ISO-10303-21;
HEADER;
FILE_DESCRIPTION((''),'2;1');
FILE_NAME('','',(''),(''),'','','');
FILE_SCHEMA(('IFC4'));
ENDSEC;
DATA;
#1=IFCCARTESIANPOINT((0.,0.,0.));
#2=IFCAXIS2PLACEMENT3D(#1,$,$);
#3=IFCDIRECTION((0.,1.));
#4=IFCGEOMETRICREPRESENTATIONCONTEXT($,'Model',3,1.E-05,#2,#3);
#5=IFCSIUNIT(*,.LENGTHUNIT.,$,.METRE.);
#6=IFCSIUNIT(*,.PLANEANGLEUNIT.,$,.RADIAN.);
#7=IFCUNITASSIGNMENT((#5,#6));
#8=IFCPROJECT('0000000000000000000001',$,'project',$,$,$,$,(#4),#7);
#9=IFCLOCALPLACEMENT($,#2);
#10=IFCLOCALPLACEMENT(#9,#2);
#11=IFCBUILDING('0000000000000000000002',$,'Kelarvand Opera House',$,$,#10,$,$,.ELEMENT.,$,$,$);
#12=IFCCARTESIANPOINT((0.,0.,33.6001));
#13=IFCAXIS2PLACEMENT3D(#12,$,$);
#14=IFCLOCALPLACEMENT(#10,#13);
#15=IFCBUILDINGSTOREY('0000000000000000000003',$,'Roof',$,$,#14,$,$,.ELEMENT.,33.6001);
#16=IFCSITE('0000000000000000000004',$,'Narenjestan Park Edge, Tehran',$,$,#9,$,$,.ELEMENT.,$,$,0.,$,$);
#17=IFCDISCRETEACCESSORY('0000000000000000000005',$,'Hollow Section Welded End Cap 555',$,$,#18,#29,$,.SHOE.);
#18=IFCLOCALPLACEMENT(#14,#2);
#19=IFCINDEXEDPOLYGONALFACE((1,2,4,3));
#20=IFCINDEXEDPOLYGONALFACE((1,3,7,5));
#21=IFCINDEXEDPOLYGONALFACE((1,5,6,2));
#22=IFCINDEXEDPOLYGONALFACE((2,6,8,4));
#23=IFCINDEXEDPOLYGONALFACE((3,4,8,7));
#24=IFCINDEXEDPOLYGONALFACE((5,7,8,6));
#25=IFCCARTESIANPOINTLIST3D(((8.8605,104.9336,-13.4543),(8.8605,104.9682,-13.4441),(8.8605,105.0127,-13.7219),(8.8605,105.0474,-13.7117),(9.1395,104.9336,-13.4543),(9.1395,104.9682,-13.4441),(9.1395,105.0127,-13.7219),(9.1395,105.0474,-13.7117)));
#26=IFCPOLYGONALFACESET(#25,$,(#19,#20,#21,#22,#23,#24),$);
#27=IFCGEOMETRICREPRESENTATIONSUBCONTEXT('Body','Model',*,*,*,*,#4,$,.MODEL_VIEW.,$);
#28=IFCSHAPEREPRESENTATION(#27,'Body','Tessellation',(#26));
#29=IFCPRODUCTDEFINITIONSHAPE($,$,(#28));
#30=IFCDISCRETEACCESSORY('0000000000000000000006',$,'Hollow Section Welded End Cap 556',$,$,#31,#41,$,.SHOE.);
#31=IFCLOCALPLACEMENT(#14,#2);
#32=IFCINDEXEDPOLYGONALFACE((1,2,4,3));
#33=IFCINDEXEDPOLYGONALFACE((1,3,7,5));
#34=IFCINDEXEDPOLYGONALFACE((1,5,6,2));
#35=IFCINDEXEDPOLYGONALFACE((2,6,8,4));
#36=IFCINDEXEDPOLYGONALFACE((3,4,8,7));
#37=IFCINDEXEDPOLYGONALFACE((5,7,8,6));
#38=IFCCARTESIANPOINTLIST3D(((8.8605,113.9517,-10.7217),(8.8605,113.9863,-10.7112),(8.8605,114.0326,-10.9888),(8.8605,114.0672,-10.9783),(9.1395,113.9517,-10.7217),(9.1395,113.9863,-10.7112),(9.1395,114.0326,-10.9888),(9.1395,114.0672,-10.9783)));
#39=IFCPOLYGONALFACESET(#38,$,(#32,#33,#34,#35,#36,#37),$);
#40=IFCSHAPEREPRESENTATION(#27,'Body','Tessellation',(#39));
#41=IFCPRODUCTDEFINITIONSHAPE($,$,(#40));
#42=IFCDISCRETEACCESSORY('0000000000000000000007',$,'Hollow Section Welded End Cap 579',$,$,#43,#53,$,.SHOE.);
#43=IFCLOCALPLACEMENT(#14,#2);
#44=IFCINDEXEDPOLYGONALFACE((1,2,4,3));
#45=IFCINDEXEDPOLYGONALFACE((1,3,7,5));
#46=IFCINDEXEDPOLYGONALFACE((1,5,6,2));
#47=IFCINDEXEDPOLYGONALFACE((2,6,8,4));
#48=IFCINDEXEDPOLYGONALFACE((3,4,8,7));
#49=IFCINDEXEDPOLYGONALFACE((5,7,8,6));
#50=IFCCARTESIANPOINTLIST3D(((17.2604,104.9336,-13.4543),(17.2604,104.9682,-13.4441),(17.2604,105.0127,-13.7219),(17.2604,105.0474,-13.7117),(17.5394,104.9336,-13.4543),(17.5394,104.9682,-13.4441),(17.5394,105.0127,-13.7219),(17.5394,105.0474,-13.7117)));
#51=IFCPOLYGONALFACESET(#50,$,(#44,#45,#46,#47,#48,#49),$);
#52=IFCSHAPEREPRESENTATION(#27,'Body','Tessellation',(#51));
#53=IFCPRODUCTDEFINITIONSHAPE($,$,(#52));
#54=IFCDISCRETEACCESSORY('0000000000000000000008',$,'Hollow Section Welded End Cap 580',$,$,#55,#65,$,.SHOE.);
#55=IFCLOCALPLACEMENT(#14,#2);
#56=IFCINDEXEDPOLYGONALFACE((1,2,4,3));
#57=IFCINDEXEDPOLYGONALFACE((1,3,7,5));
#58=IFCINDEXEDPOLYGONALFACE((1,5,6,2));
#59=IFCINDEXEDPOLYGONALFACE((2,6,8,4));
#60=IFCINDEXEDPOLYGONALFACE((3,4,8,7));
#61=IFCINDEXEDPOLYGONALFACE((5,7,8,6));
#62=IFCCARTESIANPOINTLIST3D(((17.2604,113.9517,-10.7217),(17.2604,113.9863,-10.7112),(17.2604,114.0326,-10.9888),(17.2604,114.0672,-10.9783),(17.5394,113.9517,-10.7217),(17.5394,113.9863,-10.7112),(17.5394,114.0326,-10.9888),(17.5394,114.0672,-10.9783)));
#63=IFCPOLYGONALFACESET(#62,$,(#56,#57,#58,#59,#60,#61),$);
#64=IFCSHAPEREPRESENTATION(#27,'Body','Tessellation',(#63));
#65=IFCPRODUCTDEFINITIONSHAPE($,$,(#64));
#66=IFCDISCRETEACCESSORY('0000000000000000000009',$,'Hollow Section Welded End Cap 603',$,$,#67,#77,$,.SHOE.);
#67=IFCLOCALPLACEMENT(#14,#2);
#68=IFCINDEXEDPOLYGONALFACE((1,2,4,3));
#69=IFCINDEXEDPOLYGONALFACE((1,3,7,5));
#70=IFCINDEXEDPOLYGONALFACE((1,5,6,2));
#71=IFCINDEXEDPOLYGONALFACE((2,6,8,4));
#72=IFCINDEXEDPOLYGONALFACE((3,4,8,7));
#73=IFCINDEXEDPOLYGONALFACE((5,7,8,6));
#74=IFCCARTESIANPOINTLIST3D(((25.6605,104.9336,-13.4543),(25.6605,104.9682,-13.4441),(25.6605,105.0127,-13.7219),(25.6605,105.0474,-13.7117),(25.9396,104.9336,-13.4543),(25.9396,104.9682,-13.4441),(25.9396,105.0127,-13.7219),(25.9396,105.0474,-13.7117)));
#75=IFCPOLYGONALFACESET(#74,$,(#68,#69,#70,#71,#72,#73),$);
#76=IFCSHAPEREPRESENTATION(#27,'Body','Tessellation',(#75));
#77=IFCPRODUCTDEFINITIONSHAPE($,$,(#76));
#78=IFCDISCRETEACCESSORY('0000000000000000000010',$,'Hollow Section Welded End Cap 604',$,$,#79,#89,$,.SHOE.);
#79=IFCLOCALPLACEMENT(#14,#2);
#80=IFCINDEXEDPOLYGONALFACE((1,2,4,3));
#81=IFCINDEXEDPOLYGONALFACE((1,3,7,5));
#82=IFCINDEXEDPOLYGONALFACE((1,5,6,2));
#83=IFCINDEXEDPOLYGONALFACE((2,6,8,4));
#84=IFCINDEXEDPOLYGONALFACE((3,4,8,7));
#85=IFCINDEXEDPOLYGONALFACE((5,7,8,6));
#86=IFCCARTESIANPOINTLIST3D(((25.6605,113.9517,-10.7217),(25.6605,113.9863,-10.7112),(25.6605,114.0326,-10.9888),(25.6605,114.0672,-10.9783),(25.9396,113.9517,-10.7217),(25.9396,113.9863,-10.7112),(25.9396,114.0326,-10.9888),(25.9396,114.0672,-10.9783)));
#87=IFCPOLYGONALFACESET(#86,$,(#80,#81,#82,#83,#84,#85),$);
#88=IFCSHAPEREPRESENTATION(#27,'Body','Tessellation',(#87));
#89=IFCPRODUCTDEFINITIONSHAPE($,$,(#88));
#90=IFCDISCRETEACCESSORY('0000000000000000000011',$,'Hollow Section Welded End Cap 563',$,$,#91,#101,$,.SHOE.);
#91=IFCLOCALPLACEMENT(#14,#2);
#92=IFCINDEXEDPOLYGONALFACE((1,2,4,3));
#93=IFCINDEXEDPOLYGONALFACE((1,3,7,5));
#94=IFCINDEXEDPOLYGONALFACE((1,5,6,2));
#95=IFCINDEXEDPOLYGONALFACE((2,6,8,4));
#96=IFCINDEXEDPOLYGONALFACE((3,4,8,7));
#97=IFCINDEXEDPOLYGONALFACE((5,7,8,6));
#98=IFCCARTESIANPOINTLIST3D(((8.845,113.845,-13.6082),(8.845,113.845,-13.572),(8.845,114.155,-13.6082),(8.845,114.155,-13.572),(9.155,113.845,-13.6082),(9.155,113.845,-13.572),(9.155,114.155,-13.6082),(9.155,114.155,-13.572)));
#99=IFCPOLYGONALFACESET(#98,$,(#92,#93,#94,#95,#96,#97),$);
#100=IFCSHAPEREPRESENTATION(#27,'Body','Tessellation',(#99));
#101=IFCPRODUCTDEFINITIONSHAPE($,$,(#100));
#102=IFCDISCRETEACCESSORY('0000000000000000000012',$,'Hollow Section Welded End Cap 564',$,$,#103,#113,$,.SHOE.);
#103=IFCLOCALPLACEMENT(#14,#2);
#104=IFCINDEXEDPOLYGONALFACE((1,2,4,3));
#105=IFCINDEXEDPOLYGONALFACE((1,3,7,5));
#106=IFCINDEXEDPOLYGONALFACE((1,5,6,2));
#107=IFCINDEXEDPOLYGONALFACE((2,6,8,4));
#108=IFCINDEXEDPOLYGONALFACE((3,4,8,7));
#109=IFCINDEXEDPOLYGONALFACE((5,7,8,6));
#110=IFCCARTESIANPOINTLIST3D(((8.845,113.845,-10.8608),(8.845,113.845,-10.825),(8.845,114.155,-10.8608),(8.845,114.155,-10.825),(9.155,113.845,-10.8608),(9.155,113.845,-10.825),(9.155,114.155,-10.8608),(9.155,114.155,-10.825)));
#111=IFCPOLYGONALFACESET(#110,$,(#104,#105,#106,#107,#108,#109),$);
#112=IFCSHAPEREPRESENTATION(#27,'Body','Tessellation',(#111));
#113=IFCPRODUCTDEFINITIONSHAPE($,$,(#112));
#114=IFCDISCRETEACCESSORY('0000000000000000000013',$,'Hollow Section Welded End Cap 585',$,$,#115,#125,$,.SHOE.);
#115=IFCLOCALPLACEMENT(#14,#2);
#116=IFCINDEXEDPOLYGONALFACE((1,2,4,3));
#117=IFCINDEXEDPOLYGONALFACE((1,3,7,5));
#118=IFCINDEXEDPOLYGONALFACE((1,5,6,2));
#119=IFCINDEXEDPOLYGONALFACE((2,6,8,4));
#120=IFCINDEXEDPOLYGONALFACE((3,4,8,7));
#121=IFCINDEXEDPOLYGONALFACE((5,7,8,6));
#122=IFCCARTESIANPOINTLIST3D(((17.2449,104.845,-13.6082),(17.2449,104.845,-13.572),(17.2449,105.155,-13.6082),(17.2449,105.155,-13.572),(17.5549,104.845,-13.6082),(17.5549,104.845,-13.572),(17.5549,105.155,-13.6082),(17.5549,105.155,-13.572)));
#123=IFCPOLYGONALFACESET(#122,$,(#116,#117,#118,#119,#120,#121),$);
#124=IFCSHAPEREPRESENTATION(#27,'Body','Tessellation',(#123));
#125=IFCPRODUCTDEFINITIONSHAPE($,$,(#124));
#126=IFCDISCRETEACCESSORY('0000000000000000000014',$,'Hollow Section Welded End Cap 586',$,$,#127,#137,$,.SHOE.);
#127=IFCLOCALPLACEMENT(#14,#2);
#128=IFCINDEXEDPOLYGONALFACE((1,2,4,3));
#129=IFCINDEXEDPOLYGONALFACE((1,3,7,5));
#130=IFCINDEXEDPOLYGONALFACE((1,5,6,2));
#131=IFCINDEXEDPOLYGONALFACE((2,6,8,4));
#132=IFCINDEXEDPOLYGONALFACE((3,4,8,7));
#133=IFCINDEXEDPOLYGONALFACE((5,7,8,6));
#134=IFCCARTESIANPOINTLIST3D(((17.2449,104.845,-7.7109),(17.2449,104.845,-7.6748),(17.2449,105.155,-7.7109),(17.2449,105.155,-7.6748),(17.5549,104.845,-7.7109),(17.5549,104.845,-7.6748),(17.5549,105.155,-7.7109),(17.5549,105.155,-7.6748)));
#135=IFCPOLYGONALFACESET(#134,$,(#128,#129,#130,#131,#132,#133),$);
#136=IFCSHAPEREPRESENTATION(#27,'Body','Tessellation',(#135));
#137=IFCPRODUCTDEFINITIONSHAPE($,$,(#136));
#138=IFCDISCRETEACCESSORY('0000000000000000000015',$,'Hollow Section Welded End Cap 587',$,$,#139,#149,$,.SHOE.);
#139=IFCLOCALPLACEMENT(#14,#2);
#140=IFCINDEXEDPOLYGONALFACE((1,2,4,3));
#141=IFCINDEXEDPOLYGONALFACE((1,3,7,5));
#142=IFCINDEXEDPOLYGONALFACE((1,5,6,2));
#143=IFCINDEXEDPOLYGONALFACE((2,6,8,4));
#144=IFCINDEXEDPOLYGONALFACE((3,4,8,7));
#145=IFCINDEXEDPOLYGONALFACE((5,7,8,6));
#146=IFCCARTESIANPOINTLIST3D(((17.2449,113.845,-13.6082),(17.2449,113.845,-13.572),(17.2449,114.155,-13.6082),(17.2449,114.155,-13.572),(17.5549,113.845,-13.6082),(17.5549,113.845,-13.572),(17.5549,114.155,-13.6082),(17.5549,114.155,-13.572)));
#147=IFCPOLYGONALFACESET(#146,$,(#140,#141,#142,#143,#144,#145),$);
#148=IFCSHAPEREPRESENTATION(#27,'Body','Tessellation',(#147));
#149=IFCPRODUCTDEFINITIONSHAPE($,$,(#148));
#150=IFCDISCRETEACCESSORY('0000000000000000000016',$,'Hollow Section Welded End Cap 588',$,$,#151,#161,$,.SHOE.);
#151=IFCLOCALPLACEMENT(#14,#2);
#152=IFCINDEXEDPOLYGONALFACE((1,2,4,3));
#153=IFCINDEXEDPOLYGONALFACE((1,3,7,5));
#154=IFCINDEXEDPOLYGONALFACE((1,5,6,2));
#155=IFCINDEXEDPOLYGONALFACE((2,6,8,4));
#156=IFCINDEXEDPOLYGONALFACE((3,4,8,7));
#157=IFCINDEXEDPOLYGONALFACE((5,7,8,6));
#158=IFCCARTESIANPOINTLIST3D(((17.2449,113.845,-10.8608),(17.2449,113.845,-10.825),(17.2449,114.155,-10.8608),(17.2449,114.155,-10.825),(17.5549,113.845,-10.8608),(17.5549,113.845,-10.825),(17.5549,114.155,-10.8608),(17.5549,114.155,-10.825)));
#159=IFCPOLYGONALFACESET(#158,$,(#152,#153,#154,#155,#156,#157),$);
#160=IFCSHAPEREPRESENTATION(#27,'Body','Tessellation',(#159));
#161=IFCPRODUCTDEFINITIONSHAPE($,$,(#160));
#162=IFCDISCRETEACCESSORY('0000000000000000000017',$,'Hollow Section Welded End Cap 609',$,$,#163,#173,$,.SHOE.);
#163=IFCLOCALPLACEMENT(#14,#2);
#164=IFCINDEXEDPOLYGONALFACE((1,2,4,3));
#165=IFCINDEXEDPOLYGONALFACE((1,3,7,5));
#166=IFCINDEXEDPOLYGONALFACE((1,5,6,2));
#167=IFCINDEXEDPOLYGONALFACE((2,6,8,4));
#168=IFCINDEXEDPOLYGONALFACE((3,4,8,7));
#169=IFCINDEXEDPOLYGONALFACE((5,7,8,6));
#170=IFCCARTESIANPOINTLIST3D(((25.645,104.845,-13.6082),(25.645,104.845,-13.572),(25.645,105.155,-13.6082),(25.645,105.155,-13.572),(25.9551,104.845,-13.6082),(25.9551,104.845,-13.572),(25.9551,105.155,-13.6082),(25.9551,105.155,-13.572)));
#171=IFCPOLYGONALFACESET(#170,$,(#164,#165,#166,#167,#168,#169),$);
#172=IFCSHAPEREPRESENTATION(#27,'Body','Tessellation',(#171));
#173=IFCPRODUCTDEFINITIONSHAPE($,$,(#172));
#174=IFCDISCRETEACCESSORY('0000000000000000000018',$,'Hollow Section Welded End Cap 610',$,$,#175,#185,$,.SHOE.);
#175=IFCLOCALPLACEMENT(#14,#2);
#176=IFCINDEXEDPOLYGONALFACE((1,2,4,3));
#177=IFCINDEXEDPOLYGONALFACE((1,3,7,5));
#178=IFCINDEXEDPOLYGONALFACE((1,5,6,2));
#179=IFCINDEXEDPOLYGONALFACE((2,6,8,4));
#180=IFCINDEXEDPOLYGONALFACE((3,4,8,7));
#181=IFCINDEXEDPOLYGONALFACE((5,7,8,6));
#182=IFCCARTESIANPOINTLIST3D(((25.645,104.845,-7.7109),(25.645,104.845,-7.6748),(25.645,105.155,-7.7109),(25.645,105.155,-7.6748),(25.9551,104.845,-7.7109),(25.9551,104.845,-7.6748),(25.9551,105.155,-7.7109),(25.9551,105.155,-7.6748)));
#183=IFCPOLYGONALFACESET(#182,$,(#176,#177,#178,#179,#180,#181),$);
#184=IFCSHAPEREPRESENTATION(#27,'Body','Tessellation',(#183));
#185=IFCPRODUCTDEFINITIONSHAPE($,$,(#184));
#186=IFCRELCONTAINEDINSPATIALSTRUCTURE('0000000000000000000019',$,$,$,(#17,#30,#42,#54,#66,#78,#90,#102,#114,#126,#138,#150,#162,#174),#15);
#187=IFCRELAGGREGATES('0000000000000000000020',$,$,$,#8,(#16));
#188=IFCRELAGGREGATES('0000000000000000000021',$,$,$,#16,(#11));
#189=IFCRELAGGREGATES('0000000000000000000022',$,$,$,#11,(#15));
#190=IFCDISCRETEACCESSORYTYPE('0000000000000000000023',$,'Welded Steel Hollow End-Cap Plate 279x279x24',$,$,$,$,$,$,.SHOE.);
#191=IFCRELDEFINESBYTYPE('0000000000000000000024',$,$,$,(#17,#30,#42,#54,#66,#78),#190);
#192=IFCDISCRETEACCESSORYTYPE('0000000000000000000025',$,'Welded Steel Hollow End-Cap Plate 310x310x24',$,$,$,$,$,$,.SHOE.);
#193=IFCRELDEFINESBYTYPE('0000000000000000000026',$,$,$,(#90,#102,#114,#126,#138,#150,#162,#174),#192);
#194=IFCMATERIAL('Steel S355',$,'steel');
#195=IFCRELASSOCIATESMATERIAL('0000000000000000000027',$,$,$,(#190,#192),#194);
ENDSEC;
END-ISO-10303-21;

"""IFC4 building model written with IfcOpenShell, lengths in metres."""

from ifc_helpers import new_model, si_unit, direction, frame, origin, origin_2d, place, context, subcontext, project, spatial, rectangle, extrude, material, material_profile, profile_set, type_object, element, save


model = new_model("IFC4")

# Units and contexts
model_context = context("Model", 3, precision=1e-05, world=origin(), true_north=direction((0.0, 1.0)))
body_context = subcontext(model_context, "Body", "Model", "MODEL_VIEW")
ifc_project = project(units=[si_unit("LENGTHUNIT", "METRE"), si_unit("PLANEANGLEUNIT", "RADIAN")], contexts=[model_context])

# Site, building, storey
site_placement = place(None, origin())
site = spatial("IfcSite", under=ifc_project, at=site_placement, Name="Narenjestan Park Edge, Tehran", CompositionType="ELEMENT", RefElevation=0.0)
building_placement = place(site_placement, origin())
building = spatial("IfcBuilding", under=site, at=building_placement, Name="Kelarvand Opera House", CompositionType="ELEMENT")
storey_placement = place(building_placement, frame((0.0, 0.0, 33.6001)))
storey = spatial("IfcBuildingStorey", under=building, at=storey_placement, Name="Roof", CompositionType="ELEMENT", Elevation=33.6001)

# Shared definitions
ifc_material = material(Name="Steel S355", Category="steel")

# Discrete accessories
ifc_material_profile_1 = material_profile(ifc_material, rectangle(XDim=0.2791, YDim=0.2791, at=origin_2d()), Name="Welded Steel Hollow End-Cap Plate 279x279x24", Category="steel")
ifc_profile_set_1 = profile_set([ifc_material_profile_1], Name="Steel S355")
discrete_accessory_type_1 = type_object("IfcDiscreteAccessoryType", Name="Welded Steel Hollow End-Cap Plate 279x279x24", PredefinedType="SHOE", material=ifc_profile_set_1)
for number, where, z_axis, x_axis, name in (
    (1, (9.0, 105.0078, -13.5779), (0.0, -0.958934, -0.283628), (1.0, 0.0, 0.0), "Hollow Section Welded End Cap 555"),
    (2, (9.0, 113.9922, -10.8552), (0.0, 0.957081, 0.28982), (-1.0, 0.0, 0.0), "Hollow Section Welded End Cap 556"),
    (3, (17.3999, 105.0078, -13.5779), (0.0, -0.958934, -0.283628), (1.0, 0.0, 0.0), "Hollow Section Welded End Cap 579"),
    (4, (17.3999, 113.9922, -10.8552), (0.0, 0.957081, 0.28982), (-1.0, 0.0, 0.0), "Hollow Section Welded End Cap 580"),
    (5, (25.8, 105.0078, -13.5779), (0.0, -0.958934, -0.283628), (1.0, 0.0, 0.0), "Hollow Section Welded End Cap 603"),
    (6, (25.8, 113.9922, -10.8552), (0.0, 0.957081, 0.28982), (-1.0, 0.0, 0.0), "Hollow Section Welded End Cap 604"),
):
    element("IfcDiscreteAccessory", number, at=place(storey_placement, frame(where, z_axis=z_axis, x_axis=x_axis)), inside=storey, type_object=discrete_accessory_type_1, Name=name, PredefinedType="SHOE", context=body_context, shape_type="SweptSolid", body=[
        extrude(rectangle(XDim=0.2791, YDim=0.2791, at=origin_2d()), origin(), (0.0, 0.0, 1.0), 0.0361),
    ])
ifc_material_profile_2 = material_profile(ifc_material, rectangle(XDim=0.3101, YDim=0.3101, at=origin_2d()), Name="Welded Steel Hollow End-Cap Plate 310x310x24", Category="steel")
ifc_profile_set_2 = profile_set([ifc_material_profile_2], Name="Steel S355")
discrete_accessory_type_2 = type_object("IfcDiscreteAccessoryType", Name="Welded Steel Hollow End-Cap Plate 310x310x24", PredefinedType="SHOE", material=ifc_profile_set_2)
discrete_accessory_1_placement = place(storey_placement, frame((9.0, 114.0, -13.572), z_axis=(0.0, 0.0, -1.0), x_axis=(1.0, 0.0, 0.0)))
element("IfcDiscreteAccessory", 7, at=discrete_accessory_1_placement, inside=storey, type_object=discrete_accessory_type_2, Name="Hollow Section Welded End Cap 563", PredefinedType="SHOE", context=body_context, shape_type="SweptSolid", body=[
    extrude(rectangle(XDim=0.3101, YDim=0.3101, at=origin_2d()), origin(), (0.0, 0.0, 1.0), 0.0361),
])
discrete_accessory_2_placement = place(storey_placement, frame((9.0, 114.0, -10.8608), z_axis=(0.0, 0.0, 1.0), x_axis=(1.0, 0.0, 0.0)))
element("IfcDiscreteAccessory", 8, at=discrete_accessory_2_placement, inside=storey, type_object=discrete_accessory_type_2, Name="Hollow Section Welded End Cap 564", PredefinedType="SHOE", context=body_context, shape_type="SweptSolid", body=[
    extrude(rectangle(XDim=0.3101, YDim=0.3101, at=origin_2d()), origin(), (0.0, 0.0, 1.0), 0.0359),
])
for number, where, z_axis, x_axis, name in (
    (9, (17.3999, 105.0, -13.572), (0.0, 0.0, -1.0), (1.0, 0.0, 0.0), "Hollow Section Welded End Cap 585"),
    (10, (17.3999, 105.0, -7.7109), (0.0, 0.0, 1.0), (1.0, 0.0, 0.0), "Hollow Section Welded End Cap 586"),
    (11, (17.3999, 114.0, -13.572), (0.0, 0.0, -1.0), (1.0, 0.0, 0.0), "Hollow Section Welded End Cap 587"),
):
    element("IfcDiscreteAccessory", number, at=place(storey_placement, frame(where, z_axis=z_axis, x_axis=x_axis)), inside=storey, type_object=discrete_accessory_type_2, Name=name, PredefinedType="SHOE", context=body_context, shape_type="SweptSolid", body=[
        extrude(rectangle(XDim=0.3101, YDim=0.3101, at=origin_2d()), origin(), (0.0, 0.0, 1.0), 0.0361),
    ])
discrete_accessory_3_placement = place(storey_placement, frame((17.3999, 114.0, -10.8608), z_axis=(0.0, 0.0, 1.0), x_axis=(1.0, 0.0, 0.0)))
element("IfcDiscreteAccessory", 12, at=discrete_accessory_3_placement, inside=storey, type_object=discrete_accessory_type_2, Name="Hollow Section Welded End Cap 588", PredefinedType="SHOE", context=body_context, shape_type="SweptSolid", body=[
    extrude(rectangle(XDim=0.3101, YDim=0.3101, at=origin_2d()), origin(), (0.0, 0.0, 1.0), 0.0359),
])
for number, where, z_axis, x_axis, name in (
    (13, (25.8, 105.0, -13.572), (0.0, 0.0, -1.0), (1.0, 0.0, 0.0), "Hollow Section Welded End Cap 609"),
    (14, (25.8, 105.0, -7.7109), (0.0, 0.0, 1.0), (1.0, 0.0, 0.0), "Hollow Section Welded End Cap 610"),
):
    element("IfcDiscreteAccessory", number, at=place(storey_placement, frame(where, z_axis=z_axis, x_axis=x_axis)), inside=storey, type_object=discrete_accessory_type_2, Name=name, PredefinedType="SHOE", context=body_context, shape_type="SweptSolid", body=[
        extrude(rectangle(XDim=0.3101, YDim=0.3101, at=origin_2d()), origin(), (0.0, 0.0, 1.0), 0.0361),
    ])

save(model, "model.ifc")
